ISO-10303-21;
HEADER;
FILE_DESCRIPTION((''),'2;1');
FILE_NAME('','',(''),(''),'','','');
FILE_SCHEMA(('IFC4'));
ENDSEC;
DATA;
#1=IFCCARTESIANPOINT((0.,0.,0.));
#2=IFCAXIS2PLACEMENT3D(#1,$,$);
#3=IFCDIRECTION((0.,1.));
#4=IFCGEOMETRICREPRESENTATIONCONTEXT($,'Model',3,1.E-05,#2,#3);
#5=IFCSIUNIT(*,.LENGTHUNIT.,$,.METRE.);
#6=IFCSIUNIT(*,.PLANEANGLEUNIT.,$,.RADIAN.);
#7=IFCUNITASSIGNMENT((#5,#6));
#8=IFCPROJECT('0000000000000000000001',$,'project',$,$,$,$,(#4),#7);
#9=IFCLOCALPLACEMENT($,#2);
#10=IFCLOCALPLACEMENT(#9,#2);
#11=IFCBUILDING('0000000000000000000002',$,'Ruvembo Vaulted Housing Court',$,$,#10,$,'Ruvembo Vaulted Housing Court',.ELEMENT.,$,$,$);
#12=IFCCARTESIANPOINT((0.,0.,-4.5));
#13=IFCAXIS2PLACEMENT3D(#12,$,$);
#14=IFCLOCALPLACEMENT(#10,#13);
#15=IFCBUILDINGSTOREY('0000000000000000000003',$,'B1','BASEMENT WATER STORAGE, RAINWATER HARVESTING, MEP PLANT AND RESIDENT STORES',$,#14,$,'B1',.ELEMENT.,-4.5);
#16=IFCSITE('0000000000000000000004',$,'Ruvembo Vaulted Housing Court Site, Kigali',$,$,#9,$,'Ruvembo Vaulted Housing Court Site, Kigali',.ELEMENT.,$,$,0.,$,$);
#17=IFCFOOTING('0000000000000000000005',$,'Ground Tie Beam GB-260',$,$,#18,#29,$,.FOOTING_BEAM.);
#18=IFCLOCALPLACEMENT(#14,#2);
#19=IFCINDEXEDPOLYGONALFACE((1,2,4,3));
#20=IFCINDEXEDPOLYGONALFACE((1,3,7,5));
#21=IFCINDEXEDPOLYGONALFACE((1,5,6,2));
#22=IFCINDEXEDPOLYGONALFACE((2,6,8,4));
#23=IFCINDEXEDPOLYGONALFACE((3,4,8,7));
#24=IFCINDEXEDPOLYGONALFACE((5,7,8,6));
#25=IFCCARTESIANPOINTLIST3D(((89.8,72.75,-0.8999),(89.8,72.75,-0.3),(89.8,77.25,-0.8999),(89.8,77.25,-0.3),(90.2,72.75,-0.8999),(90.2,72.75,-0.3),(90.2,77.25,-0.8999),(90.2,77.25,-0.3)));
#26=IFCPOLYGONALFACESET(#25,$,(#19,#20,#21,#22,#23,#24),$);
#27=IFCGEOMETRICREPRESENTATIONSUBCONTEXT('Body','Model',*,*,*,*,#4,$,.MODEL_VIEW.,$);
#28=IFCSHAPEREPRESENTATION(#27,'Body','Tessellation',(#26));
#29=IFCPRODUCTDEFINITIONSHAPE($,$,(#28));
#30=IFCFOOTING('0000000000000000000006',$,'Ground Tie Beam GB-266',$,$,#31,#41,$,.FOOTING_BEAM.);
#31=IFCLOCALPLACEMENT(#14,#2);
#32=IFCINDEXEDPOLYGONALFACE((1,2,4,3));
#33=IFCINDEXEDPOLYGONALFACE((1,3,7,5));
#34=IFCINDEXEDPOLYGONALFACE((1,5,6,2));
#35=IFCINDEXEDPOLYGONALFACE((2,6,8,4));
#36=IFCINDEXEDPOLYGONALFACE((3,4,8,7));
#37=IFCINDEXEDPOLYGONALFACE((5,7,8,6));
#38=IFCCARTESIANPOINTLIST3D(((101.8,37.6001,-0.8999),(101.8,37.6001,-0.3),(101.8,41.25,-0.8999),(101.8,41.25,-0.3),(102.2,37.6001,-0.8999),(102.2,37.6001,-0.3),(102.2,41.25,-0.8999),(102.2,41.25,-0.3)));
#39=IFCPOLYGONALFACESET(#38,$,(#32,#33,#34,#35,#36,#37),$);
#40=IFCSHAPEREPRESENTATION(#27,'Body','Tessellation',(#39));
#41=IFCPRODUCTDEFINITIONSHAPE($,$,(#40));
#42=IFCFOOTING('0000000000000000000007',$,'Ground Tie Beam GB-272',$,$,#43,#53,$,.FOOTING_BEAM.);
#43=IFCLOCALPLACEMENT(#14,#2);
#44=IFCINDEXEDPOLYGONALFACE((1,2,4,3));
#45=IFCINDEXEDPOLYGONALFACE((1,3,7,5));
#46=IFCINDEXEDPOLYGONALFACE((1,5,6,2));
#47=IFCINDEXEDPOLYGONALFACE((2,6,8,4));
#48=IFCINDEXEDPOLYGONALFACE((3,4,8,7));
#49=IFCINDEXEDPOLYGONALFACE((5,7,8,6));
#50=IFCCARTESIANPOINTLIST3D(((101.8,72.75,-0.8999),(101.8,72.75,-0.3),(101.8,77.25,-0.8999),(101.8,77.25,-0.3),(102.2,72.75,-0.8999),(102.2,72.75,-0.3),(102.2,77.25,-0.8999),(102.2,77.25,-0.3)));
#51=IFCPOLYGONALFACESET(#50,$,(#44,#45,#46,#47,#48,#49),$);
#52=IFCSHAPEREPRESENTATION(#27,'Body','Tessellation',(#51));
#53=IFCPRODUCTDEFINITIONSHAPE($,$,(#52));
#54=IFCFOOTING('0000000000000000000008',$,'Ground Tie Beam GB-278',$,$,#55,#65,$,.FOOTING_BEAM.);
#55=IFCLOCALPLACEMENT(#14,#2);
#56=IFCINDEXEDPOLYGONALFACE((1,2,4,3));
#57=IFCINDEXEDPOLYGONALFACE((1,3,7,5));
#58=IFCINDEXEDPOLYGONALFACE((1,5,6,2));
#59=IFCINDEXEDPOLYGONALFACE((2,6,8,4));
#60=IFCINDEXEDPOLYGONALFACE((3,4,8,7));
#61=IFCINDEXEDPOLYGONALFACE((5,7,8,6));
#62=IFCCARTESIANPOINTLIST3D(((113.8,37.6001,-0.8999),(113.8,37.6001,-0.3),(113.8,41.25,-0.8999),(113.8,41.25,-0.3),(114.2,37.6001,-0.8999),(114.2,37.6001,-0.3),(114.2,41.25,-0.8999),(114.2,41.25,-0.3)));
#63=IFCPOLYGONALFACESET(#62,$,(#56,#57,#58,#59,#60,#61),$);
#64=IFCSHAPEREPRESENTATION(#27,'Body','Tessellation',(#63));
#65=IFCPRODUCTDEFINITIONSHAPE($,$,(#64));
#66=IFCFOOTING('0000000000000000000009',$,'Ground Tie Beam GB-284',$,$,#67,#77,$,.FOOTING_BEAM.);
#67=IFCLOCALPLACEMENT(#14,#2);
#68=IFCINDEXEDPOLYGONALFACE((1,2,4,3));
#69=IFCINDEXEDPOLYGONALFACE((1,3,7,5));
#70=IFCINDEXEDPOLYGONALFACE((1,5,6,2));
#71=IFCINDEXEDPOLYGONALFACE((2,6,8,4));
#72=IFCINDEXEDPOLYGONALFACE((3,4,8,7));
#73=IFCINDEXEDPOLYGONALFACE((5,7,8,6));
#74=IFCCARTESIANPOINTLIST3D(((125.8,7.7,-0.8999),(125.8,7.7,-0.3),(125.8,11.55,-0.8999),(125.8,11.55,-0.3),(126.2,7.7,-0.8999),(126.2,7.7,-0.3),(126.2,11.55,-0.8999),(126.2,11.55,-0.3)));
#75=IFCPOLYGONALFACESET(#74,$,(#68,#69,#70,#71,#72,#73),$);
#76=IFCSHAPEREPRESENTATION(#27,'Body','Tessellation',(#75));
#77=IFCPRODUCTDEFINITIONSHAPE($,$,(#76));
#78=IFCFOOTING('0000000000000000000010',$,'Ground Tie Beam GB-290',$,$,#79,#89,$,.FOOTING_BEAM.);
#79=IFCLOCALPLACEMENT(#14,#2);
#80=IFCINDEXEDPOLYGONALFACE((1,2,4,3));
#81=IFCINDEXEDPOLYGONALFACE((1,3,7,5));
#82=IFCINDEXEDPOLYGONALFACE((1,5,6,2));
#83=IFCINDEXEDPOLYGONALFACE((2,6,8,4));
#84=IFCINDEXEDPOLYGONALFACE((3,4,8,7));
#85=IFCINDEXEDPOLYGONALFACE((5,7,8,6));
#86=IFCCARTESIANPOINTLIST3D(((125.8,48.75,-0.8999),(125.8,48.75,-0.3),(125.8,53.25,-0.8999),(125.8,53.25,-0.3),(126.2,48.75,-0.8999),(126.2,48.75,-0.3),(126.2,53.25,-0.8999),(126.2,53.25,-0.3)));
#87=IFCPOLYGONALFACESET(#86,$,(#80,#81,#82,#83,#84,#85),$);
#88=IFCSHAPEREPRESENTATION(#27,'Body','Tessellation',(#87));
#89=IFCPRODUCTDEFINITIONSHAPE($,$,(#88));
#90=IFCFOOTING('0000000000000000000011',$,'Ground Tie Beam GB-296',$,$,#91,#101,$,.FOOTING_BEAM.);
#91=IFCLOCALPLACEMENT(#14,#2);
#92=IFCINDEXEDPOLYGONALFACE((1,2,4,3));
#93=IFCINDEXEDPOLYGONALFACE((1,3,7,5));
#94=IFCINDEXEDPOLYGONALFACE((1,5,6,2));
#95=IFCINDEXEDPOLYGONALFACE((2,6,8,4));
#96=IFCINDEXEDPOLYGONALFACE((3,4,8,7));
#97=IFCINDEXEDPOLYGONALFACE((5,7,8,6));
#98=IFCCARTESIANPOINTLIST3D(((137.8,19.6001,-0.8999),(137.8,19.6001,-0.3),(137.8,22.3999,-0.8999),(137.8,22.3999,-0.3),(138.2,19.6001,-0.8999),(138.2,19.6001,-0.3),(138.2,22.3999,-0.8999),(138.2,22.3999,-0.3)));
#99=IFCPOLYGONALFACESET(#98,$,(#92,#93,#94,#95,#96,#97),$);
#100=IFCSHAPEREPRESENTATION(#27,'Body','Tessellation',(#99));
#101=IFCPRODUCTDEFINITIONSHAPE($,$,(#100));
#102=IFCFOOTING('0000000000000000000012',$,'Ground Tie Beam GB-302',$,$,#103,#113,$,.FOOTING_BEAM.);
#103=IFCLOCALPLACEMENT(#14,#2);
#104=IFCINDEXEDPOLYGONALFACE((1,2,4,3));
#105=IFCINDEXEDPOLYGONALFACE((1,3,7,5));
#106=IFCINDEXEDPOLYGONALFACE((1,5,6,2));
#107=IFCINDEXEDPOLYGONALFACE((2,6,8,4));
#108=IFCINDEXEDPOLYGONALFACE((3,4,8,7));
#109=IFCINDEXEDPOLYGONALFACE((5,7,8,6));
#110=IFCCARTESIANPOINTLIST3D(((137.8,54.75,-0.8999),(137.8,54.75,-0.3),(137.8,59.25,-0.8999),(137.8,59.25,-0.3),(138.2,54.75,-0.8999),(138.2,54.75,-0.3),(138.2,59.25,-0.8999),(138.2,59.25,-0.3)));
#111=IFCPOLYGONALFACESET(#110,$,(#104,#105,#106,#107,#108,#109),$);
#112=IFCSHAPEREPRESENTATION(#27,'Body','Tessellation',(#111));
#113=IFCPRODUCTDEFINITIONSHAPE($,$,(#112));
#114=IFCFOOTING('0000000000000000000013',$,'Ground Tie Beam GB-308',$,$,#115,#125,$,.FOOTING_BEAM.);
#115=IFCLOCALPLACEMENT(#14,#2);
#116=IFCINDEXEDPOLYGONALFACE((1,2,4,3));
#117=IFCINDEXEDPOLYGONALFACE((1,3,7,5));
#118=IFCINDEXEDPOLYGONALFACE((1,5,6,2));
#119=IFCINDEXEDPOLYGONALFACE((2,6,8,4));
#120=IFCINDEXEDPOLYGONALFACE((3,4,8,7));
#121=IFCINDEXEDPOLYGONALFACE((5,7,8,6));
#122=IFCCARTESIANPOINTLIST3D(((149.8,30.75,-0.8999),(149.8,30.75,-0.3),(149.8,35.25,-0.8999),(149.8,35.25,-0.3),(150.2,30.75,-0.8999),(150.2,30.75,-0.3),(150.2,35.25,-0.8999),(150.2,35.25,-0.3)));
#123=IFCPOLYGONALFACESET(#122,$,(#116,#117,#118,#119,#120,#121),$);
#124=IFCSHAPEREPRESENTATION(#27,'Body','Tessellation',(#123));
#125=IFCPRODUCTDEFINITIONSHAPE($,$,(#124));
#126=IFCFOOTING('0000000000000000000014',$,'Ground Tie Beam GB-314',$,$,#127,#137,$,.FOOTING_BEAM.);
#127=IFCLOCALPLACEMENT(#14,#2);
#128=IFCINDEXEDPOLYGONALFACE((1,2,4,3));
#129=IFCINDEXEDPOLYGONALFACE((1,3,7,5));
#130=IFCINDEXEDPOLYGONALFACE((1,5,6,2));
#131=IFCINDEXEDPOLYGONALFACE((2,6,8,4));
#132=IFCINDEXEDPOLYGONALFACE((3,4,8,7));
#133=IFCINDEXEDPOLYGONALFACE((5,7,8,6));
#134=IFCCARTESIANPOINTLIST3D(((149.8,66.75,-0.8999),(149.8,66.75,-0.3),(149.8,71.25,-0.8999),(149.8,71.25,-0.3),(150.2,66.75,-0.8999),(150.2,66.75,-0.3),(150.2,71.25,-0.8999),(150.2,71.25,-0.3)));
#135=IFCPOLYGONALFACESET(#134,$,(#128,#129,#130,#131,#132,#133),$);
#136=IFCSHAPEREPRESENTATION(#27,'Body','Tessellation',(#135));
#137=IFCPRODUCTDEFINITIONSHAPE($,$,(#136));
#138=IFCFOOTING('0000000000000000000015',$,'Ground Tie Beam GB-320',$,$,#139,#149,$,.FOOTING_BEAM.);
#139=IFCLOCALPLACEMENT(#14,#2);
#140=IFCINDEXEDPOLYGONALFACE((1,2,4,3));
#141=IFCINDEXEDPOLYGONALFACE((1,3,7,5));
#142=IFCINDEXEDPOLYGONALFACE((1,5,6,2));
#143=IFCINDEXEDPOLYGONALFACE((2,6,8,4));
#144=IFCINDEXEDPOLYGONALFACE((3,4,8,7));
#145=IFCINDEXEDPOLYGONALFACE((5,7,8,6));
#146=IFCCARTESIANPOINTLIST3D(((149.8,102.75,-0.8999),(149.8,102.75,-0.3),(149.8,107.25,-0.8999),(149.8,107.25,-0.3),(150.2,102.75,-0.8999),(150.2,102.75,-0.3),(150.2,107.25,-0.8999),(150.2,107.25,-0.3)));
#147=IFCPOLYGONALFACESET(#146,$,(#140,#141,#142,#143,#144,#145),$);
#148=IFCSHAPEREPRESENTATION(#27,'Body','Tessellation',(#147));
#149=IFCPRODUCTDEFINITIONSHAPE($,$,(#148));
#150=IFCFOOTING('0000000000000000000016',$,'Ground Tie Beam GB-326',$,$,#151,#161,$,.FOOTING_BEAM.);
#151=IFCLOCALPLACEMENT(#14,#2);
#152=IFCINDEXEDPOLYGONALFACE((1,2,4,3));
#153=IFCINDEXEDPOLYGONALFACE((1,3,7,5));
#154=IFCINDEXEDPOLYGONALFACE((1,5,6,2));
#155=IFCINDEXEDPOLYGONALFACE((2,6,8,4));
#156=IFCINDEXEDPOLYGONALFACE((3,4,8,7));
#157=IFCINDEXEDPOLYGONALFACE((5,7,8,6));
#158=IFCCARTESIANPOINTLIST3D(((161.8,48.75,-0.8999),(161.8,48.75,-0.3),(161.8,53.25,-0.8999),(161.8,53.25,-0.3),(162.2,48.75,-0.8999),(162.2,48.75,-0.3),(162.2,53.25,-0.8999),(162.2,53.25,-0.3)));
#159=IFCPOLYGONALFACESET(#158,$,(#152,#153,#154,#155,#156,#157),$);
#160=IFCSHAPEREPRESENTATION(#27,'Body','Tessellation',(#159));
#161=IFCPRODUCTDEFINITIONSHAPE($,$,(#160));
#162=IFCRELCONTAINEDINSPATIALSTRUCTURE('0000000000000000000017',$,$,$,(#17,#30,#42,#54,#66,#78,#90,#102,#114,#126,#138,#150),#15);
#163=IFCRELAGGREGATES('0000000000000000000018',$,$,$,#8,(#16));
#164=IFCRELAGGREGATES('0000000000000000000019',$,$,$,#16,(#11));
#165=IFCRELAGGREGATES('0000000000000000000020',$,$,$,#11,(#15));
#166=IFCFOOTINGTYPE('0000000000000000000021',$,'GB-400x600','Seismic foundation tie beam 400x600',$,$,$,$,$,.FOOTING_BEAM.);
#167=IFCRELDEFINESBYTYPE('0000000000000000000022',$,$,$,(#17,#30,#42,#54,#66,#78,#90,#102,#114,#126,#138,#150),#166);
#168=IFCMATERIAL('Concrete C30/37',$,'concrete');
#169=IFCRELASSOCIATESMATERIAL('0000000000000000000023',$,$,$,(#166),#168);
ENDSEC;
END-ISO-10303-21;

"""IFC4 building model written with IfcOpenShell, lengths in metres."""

from ifc_helpers import new_model, si_unit, direction, frame, origin, place, context, subcontext, project, spatial, polyline, outline, extrude, material, type_object, element, save


model = new_model("IFC4")

# Units and contexts
model_context = context("Model", 3, precision=1e-05, world=origin(), true_north=direction((0.0, 1.0)))
body_context = subcontext(model_context, "Body", "Model", "MODEL_VIEW")
ifc_project = project(units=[si_unit("LENGTHUNIT", "METRE"), si_unit("PLANEANGLEUNIT", "RADIAN")], contexts=[model_context])

# Site, building, storey
site_placement = place(None, origin())
site = spatial("IfcSite", under=ifc_project, at=site_placement, Name="Ruvembo Vaulted Housing Court Site, Kigali", LongName="Ruvembo Vaulted Housing Court Site, Kigali", CompositionType="ELEMENT", RefElevation=0.0)
building_placement = place(site_placement, origin())
building = spatial("IfcBuilding", under=site, at=building_placement, Name="Ruvembo Vaulted Housing Court", LongName="Ruvembo Vaulted Housing Court", CompositionType="ELEMENT")
storey_placement = place(building_placement, frame((0.0, 0.0, -4.5)))
storey = spatial("IfcBuildingStorey", under=building, at=storey_placement, Name="B1", Description="BASEMENT WATER STORAGE, RAINWATER HARVESTING, MEP PLANT AND RESIDENT STORES", LongName="B1", CompositionType="ELEMENT", Elevation=-4.5)

# Footings
ifc_material = material(Name="Concrete C30/37", Category="concrete")
footing_type_1 = type_object("IfcFootingType", Name="GB-400x600", Description="Seismic foundation tie beam 400x600", PredefinedType="FOOTING_BEAM", material=ifc_material)
footing_1_placement = place(storey_placement, frame((0.0, 0.0, -0.8999)))
element("IfcFooting", 1, at=footing_1_placement, inside=storey, type_object=footing_type_1, Name="Ground Tie Beam GB-260", PredefinedType="FOOTING_BEAM", context=body_context, shape_type="SweptSolid", body=[
    extrude(outline(polyline([(89.8, 72.75), (90.2, 72.75), (90.2, 77.25), (89.8, 77.25), (89.8, 72.75)])), origin(), (0.0, 0.0, 1.0), 0.5999),
])
footing_2_placement = place(storey_placement, frame((0.0, 0.0, -0.8999)))
element("IfcFooting", 2, at=footing_2_placement, inside=storey, type_object=footing_type_1, Name="Ground Tie Beam GB-266", PredefinedType="FOOTING_BEAM", context=body_context, shape_type="SweptSolid", body=[
    extrude(outline(polyline([(101.8, 37.6001), (102.2, 37.6001), (102.2, 41.25), (101.8, 41.25), (101.8, 37.6001)])), origin(), (0.0, 0.0, 1.0), 0.5999),
])
footing_3_placement = place(storey_placement, frame((0.0, 0.0, -0.8999)))
element("IfcFooting", 3, at=footing_3_placement, inside=storey, type_object=footing_type_1, Name="Ground Tie Beam GB-272", PredefinedType="FOOTING_BEAM", context=body_context, shape_type="SweptSolid", body=[
    extrude(outline(polyline([(101.8, 72.75), (102.2, 72.75), (102.2, 77.25), (101.8, 77.25), (101.8, 72.75)])), origin(), (0.0, 0.0, 1.0), 0.5999),
])
footing_4_placement = place(storey_placement, frame((0.0, 0.0, -0.8999)))
element("IfcFooting", 4, at=footing_4_placement, inside=storey, type_object=footing_type_1, Name="Ground Tie Beam GB-278", PredefinedType="FOOTING_BEAM", context=body_context, shape_type="SweptSolid", body=[
    extrude(outline(polyline([(113.8, 37.6001), (114.2, 37.6001), (114.2, 41.25), (113.8, 41.25), (113.8, 37.6001)])), origin(), (0.0, 0.0, 1.0), 0.5999),
])
footing_5_placement = place(storey_placement, frame((0.0, 0.0, -0.8999)))
element("IfcFooting", 5, at=footing_5_placement, inside=storey, type_object=footing_type_1, Name="Ground Tie Beam GB-284", PredefinedType="FOOTING_BEAM", context=body_context, shape_type="SweptSolid", body=[
    extrude(outline(polyline([(125.8, 7.7), (126.2, 7.7), (126.2, 11.55), (125.8, 11.55), (125.8, 7.7)])), origin(), (0.0, 0.0, 1.0), 0.5999),
])
footing_6_placement = place(storey_placement, frame((0.0, 0.0, -0.8999)))
element("IfcFooting", 6, at=footing_6_placement, inside=storey, type_object=footing_type_1, Name="Ground Tie Beam GB-290", PredefinedType="FOOTING_BEAM", context=body_context, shape_type="SweptSolid", body=[
    extrude(outline(polyline([(125.8, 48.75), (126.2, 48.75), (126.2, 53.25), (125.8, 53.25), (125.8, 48.75)])), origin(), (0.0, 0.0, 1.0), 0.5999),
])
footing_7_placement = place(storey_placement, frame((0.0, 0.0, -0.8999)))
element("IfcFooting", 7, at=footing_7_placement, inside=storey, type_object=footing_type_1, Name="Ground Tie Beam GB-296", PredefinedType="FOOTING_BEAM", context=body_context, shape_type="SweptSolid", body=[
    extrude(outline(polyline([(137.8, 19.6001), (138.2, 19.6001), (138.2, 22.3999), (137.8, 22.3999), (137.8, 19.6001)])), origin(), (0.0, 0.0, 1.0), 0.5999),
])
footing_8_placement = place(storey_placement, frame((0.0, 0.0, -0.8999)))
element("IfcFooting", 8, at=footing_8_placement, inside=storey, type_object=footing_type_1, Name="Ground Tie Beam GB-302", PredefinedType="FOOTING_BEAM", context=body_context, shape_type="SweptSolid", body=[
    extrude(outline(polyline([(137.8, 54.75), (138.2, 54.75), (138.2, 59.25), (137.8, 59.25), (137.8, 54.75)])), origin(), (0.0, 0.0, 1.0), 0.5999),
])
footing_9_placement = place(storey_placement, frame((0.0, 0.0, -0.8999)))
element("IfcFooting", 9, at=footing_9_placement, inside=storey, type_object=footing_type_1, Name="Ground Tie Beam GB-308", PredefinedType="FOOTING_BEAM", context=body_context, shape_type="SweptSolid", body=[
    extrude(outline(polyline([(149.8, 30.75), (150.2, 30.75), (150.2, 35.25), (149.8, 35.25), (149.8, 30.75)])), origin(), (0.0, 0.0, 1.0), 0.5999),
])
footing_10_placement = place(storey_placement, frame((0.0, 0.0, -0.8999)))
element("IfcFooting", 10, at=footing_10_placement, inside=storey, type_object=footing_type_1, Name="Ground Tie Beam GB-314", PredefinedType="FOOTING_BEAM", context=body_context, shape_type="SweptSolid", body=[
    extrude(outline(polyline([(149.8, 66.75), (150.2, 66.75), (150.2, 71.25), (149.8, 71.25), (149.8, 66.75)])), origin(), (0.0, 0.0, 1.0), 0.5999),
])
footing_11_placement = place(storey_placement, frame((0.0, 0.0, -0.8999)))
element("IfcFooting", 11, at=footing_11_placement, inside=storey, type_object=footing_type_1, Name="Ground Tie Beam GB-320", PredefinedType="FOOTING_BEAM", context=body_context, shape_type="SweptSolid", body=[
    extrude(outline(polyline([(149.8, 102.75), (150.2, 102.75), (150.2, 107.25), (149.8, 107.25), (149.8, 102.75)])), origin(), (0.0, 0.0, 1.0), 0.5999),
])
footing_12_placement = place(storey_placement, frame((0.0, 0.0, -0.8999)))
element("IfcFooting", 12, at=footing_12_placement, inside=storey, type_object=footing_type_1, Name="Ground Tie Beam GB-326", PredefinedType="FOOTING_BEAM", context=body_context, shape_type="SweptSolid", body=[
    extrude(outline(polyline([(161.8, 48.75), (162.2, 48.75), (162.2, 53.25), (161.8, 53.25), (161.8, 48.75)])), origin(), (0.0, 0.0, 1.0), 0.5999),
])

save(model, "model.ifc")
